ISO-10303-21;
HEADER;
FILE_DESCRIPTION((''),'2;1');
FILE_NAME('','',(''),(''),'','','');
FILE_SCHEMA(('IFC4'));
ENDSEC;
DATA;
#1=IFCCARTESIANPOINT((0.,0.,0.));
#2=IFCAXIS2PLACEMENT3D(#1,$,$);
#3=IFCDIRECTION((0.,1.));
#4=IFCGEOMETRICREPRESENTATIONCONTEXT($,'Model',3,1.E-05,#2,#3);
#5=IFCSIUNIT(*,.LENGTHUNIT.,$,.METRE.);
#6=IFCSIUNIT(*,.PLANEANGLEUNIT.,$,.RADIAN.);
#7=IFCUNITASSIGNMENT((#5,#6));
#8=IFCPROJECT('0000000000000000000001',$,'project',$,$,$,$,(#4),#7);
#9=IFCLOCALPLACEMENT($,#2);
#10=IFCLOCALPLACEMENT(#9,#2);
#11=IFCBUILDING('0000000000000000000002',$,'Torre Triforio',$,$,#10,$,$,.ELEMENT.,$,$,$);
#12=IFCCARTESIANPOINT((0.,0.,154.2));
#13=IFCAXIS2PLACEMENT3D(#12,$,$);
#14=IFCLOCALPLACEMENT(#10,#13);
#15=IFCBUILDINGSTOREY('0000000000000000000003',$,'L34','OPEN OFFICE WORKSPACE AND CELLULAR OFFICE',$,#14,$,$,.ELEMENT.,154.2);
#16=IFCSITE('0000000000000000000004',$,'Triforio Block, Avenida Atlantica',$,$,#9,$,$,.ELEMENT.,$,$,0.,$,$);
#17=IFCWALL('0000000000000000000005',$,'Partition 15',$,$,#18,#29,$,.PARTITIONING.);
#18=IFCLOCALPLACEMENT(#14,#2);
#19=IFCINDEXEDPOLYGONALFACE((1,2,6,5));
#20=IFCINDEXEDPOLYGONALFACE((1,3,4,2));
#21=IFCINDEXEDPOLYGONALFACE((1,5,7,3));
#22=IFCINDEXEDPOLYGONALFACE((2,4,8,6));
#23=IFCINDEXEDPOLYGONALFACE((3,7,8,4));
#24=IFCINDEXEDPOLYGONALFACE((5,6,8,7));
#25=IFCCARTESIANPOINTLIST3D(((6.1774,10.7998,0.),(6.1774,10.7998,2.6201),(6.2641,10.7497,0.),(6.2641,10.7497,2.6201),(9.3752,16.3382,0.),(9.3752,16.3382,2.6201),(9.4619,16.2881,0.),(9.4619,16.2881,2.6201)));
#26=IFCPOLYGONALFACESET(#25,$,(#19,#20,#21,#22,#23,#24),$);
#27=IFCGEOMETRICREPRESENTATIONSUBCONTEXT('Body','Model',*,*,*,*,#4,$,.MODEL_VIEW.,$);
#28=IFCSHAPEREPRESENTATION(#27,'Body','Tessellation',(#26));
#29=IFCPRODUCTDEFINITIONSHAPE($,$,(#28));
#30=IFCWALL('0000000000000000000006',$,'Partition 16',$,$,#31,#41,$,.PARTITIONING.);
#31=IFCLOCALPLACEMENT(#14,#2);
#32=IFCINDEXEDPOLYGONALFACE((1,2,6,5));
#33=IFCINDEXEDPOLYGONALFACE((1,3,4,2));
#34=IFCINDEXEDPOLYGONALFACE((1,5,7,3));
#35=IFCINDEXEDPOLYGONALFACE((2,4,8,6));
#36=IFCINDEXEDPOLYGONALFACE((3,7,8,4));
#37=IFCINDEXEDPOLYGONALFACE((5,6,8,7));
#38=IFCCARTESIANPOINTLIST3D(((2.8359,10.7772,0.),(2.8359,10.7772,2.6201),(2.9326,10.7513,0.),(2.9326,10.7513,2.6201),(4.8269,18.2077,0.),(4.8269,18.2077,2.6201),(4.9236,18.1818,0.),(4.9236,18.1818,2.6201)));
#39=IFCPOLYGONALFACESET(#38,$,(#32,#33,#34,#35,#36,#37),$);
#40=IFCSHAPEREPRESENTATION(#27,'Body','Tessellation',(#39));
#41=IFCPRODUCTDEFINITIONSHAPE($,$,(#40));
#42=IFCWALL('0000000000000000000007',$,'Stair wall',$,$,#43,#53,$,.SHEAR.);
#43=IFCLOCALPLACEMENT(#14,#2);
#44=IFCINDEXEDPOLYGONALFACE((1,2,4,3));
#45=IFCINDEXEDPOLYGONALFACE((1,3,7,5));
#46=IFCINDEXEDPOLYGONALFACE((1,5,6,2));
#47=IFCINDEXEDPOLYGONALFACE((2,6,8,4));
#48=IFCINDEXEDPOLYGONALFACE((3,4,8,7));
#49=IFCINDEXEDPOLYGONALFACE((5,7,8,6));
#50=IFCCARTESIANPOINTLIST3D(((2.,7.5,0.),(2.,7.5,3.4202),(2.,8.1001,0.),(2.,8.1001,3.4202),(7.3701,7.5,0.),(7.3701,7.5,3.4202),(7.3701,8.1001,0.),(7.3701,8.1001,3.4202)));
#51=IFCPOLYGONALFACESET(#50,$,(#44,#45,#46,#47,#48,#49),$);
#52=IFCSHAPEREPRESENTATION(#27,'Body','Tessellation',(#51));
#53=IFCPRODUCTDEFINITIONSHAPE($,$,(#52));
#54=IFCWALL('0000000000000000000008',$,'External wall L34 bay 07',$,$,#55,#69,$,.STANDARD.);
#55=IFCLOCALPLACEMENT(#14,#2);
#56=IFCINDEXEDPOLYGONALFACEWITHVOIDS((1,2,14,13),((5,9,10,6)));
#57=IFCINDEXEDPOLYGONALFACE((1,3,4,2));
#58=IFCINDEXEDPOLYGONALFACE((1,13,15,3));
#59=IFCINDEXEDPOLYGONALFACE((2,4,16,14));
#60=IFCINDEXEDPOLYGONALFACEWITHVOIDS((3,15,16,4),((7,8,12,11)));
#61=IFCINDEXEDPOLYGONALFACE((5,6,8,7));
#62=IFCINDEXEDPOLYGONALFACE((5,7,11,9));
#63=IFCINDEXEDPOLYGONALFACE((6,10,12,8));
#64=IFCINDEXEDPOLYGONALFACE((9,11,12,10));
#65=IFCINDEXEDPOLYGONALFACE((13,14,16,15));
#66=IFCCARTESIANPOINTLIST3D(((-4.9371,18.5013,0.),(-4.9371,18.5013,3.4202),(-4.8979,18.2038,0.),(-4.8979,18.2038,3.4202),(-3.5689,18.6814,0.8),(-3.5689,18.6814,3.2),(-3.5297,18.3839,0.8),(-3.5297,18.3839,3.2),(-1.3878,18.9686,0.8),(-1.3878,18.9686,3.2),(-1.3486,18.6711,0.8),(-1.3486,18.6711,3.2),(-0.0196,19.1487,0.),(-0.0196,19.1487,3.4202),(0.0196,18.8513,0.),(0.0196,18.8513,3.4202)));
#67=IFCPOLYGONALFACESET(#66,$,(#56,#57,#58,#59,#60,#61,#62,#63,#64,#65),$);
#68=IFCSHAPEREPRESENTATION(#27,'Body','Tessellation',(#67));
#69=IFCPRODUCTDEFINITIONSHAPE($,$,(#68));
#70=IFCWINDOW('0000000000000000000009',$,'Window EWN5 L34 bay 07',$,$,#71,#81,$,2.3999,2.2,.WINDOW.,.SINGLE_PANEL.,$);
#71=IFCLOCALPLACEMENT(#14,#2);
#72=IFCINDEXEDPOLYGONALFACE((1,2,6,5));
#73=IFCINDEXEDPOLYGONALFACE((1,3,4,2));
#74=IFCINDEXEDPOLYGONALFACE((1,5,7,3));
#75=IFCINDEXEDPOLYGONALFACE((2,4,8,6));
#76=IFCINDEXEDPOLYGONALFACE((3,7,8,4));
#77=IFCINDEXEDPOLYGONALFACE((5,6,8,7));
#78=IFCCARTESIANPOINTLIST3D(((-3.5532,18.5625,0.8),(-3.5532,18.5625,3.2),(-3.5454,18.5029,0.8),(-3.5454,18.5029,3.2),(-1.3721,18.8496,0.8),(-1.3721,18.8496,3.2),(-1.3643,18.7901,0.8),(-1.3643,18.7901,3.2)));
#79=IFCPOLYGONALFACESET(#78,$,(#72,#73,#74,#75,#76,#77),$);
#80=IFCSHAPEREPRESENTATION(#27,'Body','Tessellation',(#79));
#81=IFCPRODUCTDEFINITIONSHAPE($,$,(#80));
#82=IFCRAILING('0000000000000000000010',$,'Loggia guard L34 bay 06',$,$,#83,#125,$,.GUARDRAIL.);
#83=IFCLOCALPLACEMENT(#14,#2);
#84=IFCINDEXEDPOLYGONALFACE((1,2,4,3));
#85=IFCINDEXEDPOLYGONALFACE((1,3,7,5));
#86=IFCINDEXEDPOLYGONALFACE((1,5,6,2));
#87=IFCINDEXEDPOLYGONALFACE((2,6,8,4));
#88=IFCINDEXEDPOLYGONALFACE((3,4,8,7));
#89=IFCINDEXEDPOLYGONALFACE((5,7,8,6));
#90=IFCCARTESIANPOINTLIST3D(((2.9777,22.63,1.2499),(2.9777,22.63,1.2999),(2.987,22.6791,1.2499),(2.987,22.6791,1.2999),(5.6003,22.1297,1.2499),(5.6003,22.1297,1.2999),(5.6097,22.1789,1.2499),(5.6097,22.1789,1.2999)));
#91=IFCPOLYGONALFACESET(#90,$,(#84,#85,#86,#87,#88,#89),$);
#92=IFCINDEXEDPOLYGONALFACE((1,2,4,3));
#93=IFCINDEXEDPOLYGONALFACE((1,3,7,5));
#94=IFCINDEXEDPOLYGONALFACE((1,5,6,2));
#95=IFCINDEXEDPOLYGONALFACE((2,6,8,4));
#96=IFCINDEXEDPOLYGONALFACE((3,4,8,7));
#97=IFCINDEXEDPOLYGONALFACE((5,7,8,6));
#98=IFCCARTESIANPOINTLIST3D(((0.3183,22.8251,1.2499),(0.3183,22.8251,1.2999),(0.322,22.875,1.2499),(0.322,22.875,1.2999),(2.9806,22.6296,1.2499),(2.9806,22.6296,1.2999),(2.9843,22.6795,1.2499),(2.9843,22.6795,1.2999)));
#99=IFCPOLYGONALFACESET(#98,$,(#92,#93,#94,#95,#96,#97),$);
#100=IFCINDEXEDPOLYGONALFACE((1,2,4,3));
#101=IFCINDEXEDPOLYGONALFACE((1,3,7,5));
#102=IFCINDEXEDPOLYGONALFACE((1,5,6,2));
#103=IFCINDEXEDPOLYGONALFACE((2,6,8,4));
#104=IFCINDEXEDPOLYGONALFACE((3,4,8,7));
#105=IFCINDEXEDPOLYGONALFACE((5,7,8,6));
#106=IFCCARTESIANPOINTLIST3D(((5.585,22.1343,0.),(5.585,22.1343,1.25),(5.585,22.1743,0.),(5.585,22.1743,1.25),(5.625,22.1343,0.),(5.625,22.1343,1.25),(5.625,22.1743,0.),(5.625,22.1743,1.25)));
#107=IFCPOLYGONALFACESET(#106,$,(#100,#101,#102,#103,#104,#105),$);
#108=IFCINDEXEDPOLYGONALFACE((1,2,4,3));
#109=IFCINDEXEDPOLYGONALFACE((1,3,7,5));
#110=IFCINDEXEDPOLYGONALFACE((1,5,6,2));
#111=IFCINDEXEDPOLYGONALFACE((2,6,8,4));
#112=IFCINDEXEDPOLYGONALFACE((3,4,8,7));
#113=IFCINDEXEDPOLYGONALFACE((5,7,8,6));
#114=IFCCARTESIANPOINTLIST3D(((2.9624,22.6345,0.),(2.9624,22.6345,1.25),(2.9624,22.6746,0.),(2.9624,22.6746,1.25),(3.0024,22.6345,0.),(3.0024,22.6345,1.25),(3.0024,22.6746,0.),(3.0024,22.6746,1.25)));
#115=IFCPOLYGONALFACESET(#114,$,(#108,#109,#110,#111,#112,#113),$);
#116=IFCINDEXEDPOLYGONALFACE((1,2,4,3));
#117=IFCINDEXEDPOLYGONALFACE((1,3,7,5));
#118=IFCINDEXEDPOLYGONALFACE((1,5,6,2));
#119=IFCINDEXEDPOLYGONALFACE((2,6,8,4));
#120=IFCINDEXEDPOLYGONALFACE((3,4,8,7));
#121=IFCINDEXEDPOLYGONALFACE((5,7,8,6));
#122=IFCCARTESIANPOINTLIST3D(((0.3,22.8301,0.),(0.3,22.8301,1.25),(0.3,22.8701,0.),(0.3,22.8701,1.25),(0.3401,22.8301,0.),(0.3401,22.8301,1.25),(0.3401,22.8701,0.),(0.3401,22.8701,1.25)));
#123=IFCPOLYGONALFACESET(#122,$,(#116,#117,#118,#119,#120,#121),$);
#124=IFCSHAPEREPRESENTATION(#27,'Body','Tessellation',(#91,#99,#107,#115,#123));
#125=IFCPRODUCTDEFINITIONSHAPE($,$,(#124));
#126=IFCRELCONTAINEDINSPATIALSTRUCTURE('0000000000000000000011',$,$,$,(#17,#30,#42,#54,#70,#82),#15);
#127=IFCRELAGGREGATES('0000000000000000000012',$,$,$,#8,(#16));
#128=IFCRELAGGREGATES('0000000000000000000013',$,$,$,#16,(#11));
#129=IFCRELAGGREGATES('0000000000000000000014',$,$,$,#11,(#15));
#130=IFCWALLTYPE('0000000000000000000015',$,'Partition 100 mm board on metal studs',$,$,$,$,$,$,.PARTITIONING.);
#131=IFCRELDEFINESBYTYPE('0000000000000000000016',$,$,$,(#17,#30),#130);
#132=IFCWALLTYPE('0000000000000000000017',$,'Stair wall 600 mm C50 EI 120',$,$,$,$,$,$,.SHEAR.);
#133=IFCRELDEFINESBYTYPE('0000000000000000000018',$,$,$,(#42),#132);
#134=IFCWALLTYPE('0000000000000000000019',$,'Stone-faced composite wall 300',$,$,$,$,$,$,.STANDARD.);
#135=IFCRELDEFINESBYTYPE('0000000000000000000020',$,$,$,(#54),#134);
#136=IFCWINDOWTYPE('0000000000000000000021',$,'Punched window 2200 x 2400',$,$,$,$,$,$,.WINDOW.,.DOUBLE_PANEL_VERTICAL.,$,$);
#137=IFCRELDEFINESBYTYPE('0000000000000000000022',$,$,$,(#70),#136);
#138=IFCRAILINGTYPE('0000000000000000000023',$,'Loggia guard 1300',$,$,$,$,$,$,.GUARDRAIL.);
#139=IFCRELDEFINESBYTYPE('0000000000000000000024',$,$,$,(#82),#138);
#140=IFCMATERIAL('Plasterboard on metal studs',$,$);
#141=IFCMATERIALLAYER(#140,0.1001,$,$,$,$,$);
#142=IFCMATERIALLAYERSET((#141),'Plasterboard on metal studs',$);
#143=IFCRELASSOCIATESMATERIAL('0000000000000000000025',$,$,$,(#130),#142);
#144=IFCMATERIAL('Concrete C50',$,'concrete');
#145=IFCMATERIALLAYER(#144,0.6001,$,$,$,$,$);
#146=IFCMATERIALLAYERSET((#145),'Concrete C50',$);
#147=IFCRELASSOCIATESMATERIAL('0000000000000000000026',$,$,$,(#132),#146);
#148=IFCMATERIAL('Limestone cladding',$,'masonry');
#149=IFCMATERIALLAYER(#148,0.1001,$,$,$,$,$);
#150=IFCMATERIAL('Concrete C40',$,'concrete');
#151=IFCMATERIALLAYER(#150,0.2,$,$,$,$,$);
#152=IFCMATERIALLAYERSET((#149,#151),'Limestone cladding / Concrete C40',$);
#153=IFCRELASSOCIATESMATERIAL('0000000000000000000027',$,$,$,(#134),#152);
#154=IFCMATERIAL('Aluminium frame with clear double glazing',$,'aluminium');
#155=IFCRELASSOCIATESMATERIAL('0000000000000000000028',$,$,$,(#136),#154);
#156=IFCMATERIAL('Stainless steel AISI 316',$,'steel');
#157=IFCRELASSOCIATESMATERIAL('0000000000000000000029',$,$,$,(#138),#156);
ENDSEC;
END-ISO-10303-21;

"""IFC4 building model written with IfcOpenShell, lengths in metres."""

from ifc_helpers import new_model, si_unit, direction, frame, frame_2d, origin, origin_2d, place, context, subcontext, project, spatial, rectangle, extrude, material, layer, layer_set, type_object, element, fill, save


model = new_model("IFC4")

# Units and contexts
model_context = context("Model", 3, precision=1e-05, world=origin(), true_north=direction((0.0, 1.0)))
body_context = subcontext(model_context, "Body", "Model", "MODEL_VIEW")
ifc_project = project(units=[si_unit("LENGTHUNIT", "METRE"), si_unit("PLANEANGLEUNIT", "RADIAN")], contexts=[model_context])

# Site, building, storey
site_placement = place(None, origin())
site = spatial("IfcSite", under=ifc_project, at=site_placement, Name="Triforio Block, Avenida Atlantica", CompositionType="ELEMENT", RefElevation=0.0)
building_placement = place(site_placement, origin())
building = spatial("IfcBuilding", under=site, at=building_placement, Name="Torre Triforio", CompositionType="ELEMENT")
storey_placement = place(building_placement, frame((0.0, 0.0, 154.2)))
storey = spatial("IfcBuildingStorey", under=building, at=storey_placement, Name="L34", Description="OPEN OFFICE WORKSPACE AND CELLULAR OFFICE", CompositionType="ELEMENT", Elevation=154.2)

# Shared definitions
ifc_material_1 = material(Name="Concrete C50", Category="concrete")

# Shared definitions
ifc_material_2 = material(Name="Concrete C40", Category="concrete")

# Shared definitions
ifc_material_3 = material(Name="Plasterboard on metal studs")

# Walls
ifc_layer_1 = layer(ifc_material_3, 0.1001)
ifc_layer_set_1 = layer_set([ifc_layer_1], Name="Plasterboard on metal studs")
wall_type_1 = type_object("IfcWallType", Name="Partition 100 mm board on metal studs", PredefinedType="PARTITIONING", material=ifc_layer_set_1)
wall_1_placement = place(storey_placement, frame((6.2207, 10.7747, 0.0), z_axis=(0.0, 0.0, 1.0), x_axis=(0.500023, 0.866012, 0.0)))
element("IfcWall", 1, at=wall_1_placement, inside=storey, type_object=wall_type_1, Name="Partition 15", PredefinedType="PARTITIONING", context=body_context, shape_type="SweptSolid", body=[
    extrude(rectangle(XDim=6.3953, YDim=0.1001, at=frame_2d((3.1978, 0.0))), origin(), (0.0, 0.0, 1.0), 2.6201),
])
wall_2_placement = place(storey_placement, frame((2.8843, 10.7644, 0.0), z_axis=(0.0, 0.0, 1.0), x_axis=(0.258818, 0.965926, 0.0)))
element("IfcWall", 2, at=wall_2_placement, inside=storey, type_object=wall_type_1, Name="Partition 16", PredefinedType="PARTITIONING", context=body_context, shape_type="SweptSolid", body=[
    extrude(rectangle(XDim=7.6926, YDim=0.1001, at=frame_2d((3.8462, 0.0))), origin(), (0.0, 0.0, 1.0), 2.6201),
])
ifc_layer_2 = layer(ifc_material_1, 0.6001)
ifc_layer_set_2 = layer_set([ifc_layer_2], Name="Concrete C50")
wall_type_2 = type_object("IfcWallType", Name="Stair wall 600 mm C50 EI 120", PredefinedType="SHEAR", material=ifc_layer_set_2)
wall_3_placement = place(storey_placement, frame((2.0, 7.8, 0.0), z_axis=(0.0, 0.0, 1.0), x_axis=(1.0, 0.0, 0.0)))
element("IfcWall", 3, at=wall_3_placement, inside=storey, type_object=wall_type_2, Name="Stair wall", PredefinedType="SHEAR", context=body_context, shape_type="SweptSolid", body=[
    extrude(rectangle(XDim=5.3701, YDim=0.6001, at=frame_2d((2.6851, 0.0))), origin(), (0.0, 0.0, 1.0), 3.4202),
])

# Shared definitions
ifc_material_4 = material(Name="Limestone cladding", Category="masonry")
ifc_layer_3 = layer(ifc_material_4, 0.1001)
ifc_layer_4 = layer(ifc_material_2, 0.2)
ifc_layer_set_3 = layer_set([ifc_layer_3, ifc_layer_4], Name="Limestone cladding / Concrete C40")
wall_type_3 = type_object("IfcWallType", Name="Stone-faced composite wall 300", PredefinedType="STANDARD", material=ifc_layer_set_3)
ifc_material_5 = material(Name="Aluminium frame with clear double glazing", Category="aluminium")

# Wall, opening, window
wall_4_placement = place(storey_placement, frame((0.0, 19.0, 0.0), z_axis=(0.0, 0.0, 1.0), x_axis=(-0.991443, -0.130539, 0.0)))
wall_4 = element("IfcWall", 4, at=wall_4_placement, inside=storey, type_object=wall_type_3, Name="External wall L34 bay 07", PredefinedType="STANDARD", context=body_context, shape_type="SweptSolid", body=[
    extrude(rectangle(XDim=4.96, YDim=0.3, at=frame_2d((2.48, 0.0))), origin(), (0.0, 0.0, 1.0), 3.4202),
])
opening_1_placement = place(wall_4_placement, frame((1.3799, 0.0, 0.8)))
opening_1 = element("IfcOpeningElement", 5, at=opening_1_placement, cuts=wall_4, PredefinedType="OPENING", context=body_context, shape_type="SweptSolid", body=[
    extrude(rectangle(XDim=2.2, YDim=2.3999, at=frame_2d((1.1001, 1.2))), frame((0.0, 0.1599, 0.0), z_axis=(0.0, -1.0, 0.0), x_axis=(1.0, 0.0, 0.0)), (0.0, 0.0, 1.0), 0.3201),
])
window_type_1 = type_object("IfcWindowType", Name="Punched window 2200 x 2400", PartitioningType="DOUBLE_PANEL_VERTICAL", PredefinedType="WINDOW", material=ifc_material_5)
window_1_placement = place(opening_1_placement, origin())
window_1 = element("IfcWindow", 6, at=window_1_placement, inside=storey, type_object=window_type_1, Name="Window EWN5 L34 bay 07", OverallHeight=2.3999, OverallWidth=2.2, PartitioningType="SINGLE_PANEL", PredefinedType="WINDOW", context=body_context, shape_type="SweptSolid", body=[
    extrude(rectangle(XDim=2.2, YDim=2.3999, at=frame_2d((1.1001, 1.2))), frame((0.0, 0.03, 0.0), z_axis=(0.0, -1.0, 0.0), x_axis=(1.0, 0.0, 0.0)), (0.0, 0.0, 1.0), 0.0601),
])
fill(opening_1, window_1)

# Railing
ifc_material_6 = material(Name="Stainless steel AISI 316", Category="steel")
railing_type = type_object("IfcRailingType", Name="Loggia guard 1300", PredefinedType="GUARDRAIL", material=ifc_material_6)
railing_placement = place(storey_placement, frame((5.605, 22.1543, 0.0)))
element("IfcRailing", 7, at=railing_placement, inside=storey, type_object=railing_type, Name="Loggia guard L34 bay 06", PredefinedType="GUARDRAIL", context=body_context, shape_type="SweptSolid", body=[
    extrude(rectangle(XDim=0.05, YDim=0.05, at=origin_2d()), frame((0.0, 0.0, 1.2749), z_axis=(-0.98229, 0.187368, 0.0), x_axis=(-0.187368, -0.98229, 0.0)), (0.0, 0.0, 1.0), 2.6699),
    extrude(rectangle(XDim=0.05, YDim=0.05, at=origin_2d()), frame((-2.6226, 0.5002, 1.2749), z_axis=(-0.997313, 0.073255, 0.0), x_axis=(-0.073255, -0.997313, 0.0)), (0.0, 0.0, 1.0), 2.6694),
    extrude(rectangle(XDim=0.04, YDim=0.04, at=origin_2d()), origin(), (0.0, 0.0, 1.0), 1.25),
    extrude(rectangle(XDim=0.04, YDim=0.04, at=origin_2d()), frame((-2.6226, 0.5002, 0.0)), (0.0, 0.0, 1.0), 1.25),
    extrude(rectangle(XDim=0.04, YDim=0.04, at=origin_2d()), frame((-5.2849, 0.6958, 0.0)), (0.0, 0.0, 1.0), 1.25),
])

save(model, "model.ifc")
